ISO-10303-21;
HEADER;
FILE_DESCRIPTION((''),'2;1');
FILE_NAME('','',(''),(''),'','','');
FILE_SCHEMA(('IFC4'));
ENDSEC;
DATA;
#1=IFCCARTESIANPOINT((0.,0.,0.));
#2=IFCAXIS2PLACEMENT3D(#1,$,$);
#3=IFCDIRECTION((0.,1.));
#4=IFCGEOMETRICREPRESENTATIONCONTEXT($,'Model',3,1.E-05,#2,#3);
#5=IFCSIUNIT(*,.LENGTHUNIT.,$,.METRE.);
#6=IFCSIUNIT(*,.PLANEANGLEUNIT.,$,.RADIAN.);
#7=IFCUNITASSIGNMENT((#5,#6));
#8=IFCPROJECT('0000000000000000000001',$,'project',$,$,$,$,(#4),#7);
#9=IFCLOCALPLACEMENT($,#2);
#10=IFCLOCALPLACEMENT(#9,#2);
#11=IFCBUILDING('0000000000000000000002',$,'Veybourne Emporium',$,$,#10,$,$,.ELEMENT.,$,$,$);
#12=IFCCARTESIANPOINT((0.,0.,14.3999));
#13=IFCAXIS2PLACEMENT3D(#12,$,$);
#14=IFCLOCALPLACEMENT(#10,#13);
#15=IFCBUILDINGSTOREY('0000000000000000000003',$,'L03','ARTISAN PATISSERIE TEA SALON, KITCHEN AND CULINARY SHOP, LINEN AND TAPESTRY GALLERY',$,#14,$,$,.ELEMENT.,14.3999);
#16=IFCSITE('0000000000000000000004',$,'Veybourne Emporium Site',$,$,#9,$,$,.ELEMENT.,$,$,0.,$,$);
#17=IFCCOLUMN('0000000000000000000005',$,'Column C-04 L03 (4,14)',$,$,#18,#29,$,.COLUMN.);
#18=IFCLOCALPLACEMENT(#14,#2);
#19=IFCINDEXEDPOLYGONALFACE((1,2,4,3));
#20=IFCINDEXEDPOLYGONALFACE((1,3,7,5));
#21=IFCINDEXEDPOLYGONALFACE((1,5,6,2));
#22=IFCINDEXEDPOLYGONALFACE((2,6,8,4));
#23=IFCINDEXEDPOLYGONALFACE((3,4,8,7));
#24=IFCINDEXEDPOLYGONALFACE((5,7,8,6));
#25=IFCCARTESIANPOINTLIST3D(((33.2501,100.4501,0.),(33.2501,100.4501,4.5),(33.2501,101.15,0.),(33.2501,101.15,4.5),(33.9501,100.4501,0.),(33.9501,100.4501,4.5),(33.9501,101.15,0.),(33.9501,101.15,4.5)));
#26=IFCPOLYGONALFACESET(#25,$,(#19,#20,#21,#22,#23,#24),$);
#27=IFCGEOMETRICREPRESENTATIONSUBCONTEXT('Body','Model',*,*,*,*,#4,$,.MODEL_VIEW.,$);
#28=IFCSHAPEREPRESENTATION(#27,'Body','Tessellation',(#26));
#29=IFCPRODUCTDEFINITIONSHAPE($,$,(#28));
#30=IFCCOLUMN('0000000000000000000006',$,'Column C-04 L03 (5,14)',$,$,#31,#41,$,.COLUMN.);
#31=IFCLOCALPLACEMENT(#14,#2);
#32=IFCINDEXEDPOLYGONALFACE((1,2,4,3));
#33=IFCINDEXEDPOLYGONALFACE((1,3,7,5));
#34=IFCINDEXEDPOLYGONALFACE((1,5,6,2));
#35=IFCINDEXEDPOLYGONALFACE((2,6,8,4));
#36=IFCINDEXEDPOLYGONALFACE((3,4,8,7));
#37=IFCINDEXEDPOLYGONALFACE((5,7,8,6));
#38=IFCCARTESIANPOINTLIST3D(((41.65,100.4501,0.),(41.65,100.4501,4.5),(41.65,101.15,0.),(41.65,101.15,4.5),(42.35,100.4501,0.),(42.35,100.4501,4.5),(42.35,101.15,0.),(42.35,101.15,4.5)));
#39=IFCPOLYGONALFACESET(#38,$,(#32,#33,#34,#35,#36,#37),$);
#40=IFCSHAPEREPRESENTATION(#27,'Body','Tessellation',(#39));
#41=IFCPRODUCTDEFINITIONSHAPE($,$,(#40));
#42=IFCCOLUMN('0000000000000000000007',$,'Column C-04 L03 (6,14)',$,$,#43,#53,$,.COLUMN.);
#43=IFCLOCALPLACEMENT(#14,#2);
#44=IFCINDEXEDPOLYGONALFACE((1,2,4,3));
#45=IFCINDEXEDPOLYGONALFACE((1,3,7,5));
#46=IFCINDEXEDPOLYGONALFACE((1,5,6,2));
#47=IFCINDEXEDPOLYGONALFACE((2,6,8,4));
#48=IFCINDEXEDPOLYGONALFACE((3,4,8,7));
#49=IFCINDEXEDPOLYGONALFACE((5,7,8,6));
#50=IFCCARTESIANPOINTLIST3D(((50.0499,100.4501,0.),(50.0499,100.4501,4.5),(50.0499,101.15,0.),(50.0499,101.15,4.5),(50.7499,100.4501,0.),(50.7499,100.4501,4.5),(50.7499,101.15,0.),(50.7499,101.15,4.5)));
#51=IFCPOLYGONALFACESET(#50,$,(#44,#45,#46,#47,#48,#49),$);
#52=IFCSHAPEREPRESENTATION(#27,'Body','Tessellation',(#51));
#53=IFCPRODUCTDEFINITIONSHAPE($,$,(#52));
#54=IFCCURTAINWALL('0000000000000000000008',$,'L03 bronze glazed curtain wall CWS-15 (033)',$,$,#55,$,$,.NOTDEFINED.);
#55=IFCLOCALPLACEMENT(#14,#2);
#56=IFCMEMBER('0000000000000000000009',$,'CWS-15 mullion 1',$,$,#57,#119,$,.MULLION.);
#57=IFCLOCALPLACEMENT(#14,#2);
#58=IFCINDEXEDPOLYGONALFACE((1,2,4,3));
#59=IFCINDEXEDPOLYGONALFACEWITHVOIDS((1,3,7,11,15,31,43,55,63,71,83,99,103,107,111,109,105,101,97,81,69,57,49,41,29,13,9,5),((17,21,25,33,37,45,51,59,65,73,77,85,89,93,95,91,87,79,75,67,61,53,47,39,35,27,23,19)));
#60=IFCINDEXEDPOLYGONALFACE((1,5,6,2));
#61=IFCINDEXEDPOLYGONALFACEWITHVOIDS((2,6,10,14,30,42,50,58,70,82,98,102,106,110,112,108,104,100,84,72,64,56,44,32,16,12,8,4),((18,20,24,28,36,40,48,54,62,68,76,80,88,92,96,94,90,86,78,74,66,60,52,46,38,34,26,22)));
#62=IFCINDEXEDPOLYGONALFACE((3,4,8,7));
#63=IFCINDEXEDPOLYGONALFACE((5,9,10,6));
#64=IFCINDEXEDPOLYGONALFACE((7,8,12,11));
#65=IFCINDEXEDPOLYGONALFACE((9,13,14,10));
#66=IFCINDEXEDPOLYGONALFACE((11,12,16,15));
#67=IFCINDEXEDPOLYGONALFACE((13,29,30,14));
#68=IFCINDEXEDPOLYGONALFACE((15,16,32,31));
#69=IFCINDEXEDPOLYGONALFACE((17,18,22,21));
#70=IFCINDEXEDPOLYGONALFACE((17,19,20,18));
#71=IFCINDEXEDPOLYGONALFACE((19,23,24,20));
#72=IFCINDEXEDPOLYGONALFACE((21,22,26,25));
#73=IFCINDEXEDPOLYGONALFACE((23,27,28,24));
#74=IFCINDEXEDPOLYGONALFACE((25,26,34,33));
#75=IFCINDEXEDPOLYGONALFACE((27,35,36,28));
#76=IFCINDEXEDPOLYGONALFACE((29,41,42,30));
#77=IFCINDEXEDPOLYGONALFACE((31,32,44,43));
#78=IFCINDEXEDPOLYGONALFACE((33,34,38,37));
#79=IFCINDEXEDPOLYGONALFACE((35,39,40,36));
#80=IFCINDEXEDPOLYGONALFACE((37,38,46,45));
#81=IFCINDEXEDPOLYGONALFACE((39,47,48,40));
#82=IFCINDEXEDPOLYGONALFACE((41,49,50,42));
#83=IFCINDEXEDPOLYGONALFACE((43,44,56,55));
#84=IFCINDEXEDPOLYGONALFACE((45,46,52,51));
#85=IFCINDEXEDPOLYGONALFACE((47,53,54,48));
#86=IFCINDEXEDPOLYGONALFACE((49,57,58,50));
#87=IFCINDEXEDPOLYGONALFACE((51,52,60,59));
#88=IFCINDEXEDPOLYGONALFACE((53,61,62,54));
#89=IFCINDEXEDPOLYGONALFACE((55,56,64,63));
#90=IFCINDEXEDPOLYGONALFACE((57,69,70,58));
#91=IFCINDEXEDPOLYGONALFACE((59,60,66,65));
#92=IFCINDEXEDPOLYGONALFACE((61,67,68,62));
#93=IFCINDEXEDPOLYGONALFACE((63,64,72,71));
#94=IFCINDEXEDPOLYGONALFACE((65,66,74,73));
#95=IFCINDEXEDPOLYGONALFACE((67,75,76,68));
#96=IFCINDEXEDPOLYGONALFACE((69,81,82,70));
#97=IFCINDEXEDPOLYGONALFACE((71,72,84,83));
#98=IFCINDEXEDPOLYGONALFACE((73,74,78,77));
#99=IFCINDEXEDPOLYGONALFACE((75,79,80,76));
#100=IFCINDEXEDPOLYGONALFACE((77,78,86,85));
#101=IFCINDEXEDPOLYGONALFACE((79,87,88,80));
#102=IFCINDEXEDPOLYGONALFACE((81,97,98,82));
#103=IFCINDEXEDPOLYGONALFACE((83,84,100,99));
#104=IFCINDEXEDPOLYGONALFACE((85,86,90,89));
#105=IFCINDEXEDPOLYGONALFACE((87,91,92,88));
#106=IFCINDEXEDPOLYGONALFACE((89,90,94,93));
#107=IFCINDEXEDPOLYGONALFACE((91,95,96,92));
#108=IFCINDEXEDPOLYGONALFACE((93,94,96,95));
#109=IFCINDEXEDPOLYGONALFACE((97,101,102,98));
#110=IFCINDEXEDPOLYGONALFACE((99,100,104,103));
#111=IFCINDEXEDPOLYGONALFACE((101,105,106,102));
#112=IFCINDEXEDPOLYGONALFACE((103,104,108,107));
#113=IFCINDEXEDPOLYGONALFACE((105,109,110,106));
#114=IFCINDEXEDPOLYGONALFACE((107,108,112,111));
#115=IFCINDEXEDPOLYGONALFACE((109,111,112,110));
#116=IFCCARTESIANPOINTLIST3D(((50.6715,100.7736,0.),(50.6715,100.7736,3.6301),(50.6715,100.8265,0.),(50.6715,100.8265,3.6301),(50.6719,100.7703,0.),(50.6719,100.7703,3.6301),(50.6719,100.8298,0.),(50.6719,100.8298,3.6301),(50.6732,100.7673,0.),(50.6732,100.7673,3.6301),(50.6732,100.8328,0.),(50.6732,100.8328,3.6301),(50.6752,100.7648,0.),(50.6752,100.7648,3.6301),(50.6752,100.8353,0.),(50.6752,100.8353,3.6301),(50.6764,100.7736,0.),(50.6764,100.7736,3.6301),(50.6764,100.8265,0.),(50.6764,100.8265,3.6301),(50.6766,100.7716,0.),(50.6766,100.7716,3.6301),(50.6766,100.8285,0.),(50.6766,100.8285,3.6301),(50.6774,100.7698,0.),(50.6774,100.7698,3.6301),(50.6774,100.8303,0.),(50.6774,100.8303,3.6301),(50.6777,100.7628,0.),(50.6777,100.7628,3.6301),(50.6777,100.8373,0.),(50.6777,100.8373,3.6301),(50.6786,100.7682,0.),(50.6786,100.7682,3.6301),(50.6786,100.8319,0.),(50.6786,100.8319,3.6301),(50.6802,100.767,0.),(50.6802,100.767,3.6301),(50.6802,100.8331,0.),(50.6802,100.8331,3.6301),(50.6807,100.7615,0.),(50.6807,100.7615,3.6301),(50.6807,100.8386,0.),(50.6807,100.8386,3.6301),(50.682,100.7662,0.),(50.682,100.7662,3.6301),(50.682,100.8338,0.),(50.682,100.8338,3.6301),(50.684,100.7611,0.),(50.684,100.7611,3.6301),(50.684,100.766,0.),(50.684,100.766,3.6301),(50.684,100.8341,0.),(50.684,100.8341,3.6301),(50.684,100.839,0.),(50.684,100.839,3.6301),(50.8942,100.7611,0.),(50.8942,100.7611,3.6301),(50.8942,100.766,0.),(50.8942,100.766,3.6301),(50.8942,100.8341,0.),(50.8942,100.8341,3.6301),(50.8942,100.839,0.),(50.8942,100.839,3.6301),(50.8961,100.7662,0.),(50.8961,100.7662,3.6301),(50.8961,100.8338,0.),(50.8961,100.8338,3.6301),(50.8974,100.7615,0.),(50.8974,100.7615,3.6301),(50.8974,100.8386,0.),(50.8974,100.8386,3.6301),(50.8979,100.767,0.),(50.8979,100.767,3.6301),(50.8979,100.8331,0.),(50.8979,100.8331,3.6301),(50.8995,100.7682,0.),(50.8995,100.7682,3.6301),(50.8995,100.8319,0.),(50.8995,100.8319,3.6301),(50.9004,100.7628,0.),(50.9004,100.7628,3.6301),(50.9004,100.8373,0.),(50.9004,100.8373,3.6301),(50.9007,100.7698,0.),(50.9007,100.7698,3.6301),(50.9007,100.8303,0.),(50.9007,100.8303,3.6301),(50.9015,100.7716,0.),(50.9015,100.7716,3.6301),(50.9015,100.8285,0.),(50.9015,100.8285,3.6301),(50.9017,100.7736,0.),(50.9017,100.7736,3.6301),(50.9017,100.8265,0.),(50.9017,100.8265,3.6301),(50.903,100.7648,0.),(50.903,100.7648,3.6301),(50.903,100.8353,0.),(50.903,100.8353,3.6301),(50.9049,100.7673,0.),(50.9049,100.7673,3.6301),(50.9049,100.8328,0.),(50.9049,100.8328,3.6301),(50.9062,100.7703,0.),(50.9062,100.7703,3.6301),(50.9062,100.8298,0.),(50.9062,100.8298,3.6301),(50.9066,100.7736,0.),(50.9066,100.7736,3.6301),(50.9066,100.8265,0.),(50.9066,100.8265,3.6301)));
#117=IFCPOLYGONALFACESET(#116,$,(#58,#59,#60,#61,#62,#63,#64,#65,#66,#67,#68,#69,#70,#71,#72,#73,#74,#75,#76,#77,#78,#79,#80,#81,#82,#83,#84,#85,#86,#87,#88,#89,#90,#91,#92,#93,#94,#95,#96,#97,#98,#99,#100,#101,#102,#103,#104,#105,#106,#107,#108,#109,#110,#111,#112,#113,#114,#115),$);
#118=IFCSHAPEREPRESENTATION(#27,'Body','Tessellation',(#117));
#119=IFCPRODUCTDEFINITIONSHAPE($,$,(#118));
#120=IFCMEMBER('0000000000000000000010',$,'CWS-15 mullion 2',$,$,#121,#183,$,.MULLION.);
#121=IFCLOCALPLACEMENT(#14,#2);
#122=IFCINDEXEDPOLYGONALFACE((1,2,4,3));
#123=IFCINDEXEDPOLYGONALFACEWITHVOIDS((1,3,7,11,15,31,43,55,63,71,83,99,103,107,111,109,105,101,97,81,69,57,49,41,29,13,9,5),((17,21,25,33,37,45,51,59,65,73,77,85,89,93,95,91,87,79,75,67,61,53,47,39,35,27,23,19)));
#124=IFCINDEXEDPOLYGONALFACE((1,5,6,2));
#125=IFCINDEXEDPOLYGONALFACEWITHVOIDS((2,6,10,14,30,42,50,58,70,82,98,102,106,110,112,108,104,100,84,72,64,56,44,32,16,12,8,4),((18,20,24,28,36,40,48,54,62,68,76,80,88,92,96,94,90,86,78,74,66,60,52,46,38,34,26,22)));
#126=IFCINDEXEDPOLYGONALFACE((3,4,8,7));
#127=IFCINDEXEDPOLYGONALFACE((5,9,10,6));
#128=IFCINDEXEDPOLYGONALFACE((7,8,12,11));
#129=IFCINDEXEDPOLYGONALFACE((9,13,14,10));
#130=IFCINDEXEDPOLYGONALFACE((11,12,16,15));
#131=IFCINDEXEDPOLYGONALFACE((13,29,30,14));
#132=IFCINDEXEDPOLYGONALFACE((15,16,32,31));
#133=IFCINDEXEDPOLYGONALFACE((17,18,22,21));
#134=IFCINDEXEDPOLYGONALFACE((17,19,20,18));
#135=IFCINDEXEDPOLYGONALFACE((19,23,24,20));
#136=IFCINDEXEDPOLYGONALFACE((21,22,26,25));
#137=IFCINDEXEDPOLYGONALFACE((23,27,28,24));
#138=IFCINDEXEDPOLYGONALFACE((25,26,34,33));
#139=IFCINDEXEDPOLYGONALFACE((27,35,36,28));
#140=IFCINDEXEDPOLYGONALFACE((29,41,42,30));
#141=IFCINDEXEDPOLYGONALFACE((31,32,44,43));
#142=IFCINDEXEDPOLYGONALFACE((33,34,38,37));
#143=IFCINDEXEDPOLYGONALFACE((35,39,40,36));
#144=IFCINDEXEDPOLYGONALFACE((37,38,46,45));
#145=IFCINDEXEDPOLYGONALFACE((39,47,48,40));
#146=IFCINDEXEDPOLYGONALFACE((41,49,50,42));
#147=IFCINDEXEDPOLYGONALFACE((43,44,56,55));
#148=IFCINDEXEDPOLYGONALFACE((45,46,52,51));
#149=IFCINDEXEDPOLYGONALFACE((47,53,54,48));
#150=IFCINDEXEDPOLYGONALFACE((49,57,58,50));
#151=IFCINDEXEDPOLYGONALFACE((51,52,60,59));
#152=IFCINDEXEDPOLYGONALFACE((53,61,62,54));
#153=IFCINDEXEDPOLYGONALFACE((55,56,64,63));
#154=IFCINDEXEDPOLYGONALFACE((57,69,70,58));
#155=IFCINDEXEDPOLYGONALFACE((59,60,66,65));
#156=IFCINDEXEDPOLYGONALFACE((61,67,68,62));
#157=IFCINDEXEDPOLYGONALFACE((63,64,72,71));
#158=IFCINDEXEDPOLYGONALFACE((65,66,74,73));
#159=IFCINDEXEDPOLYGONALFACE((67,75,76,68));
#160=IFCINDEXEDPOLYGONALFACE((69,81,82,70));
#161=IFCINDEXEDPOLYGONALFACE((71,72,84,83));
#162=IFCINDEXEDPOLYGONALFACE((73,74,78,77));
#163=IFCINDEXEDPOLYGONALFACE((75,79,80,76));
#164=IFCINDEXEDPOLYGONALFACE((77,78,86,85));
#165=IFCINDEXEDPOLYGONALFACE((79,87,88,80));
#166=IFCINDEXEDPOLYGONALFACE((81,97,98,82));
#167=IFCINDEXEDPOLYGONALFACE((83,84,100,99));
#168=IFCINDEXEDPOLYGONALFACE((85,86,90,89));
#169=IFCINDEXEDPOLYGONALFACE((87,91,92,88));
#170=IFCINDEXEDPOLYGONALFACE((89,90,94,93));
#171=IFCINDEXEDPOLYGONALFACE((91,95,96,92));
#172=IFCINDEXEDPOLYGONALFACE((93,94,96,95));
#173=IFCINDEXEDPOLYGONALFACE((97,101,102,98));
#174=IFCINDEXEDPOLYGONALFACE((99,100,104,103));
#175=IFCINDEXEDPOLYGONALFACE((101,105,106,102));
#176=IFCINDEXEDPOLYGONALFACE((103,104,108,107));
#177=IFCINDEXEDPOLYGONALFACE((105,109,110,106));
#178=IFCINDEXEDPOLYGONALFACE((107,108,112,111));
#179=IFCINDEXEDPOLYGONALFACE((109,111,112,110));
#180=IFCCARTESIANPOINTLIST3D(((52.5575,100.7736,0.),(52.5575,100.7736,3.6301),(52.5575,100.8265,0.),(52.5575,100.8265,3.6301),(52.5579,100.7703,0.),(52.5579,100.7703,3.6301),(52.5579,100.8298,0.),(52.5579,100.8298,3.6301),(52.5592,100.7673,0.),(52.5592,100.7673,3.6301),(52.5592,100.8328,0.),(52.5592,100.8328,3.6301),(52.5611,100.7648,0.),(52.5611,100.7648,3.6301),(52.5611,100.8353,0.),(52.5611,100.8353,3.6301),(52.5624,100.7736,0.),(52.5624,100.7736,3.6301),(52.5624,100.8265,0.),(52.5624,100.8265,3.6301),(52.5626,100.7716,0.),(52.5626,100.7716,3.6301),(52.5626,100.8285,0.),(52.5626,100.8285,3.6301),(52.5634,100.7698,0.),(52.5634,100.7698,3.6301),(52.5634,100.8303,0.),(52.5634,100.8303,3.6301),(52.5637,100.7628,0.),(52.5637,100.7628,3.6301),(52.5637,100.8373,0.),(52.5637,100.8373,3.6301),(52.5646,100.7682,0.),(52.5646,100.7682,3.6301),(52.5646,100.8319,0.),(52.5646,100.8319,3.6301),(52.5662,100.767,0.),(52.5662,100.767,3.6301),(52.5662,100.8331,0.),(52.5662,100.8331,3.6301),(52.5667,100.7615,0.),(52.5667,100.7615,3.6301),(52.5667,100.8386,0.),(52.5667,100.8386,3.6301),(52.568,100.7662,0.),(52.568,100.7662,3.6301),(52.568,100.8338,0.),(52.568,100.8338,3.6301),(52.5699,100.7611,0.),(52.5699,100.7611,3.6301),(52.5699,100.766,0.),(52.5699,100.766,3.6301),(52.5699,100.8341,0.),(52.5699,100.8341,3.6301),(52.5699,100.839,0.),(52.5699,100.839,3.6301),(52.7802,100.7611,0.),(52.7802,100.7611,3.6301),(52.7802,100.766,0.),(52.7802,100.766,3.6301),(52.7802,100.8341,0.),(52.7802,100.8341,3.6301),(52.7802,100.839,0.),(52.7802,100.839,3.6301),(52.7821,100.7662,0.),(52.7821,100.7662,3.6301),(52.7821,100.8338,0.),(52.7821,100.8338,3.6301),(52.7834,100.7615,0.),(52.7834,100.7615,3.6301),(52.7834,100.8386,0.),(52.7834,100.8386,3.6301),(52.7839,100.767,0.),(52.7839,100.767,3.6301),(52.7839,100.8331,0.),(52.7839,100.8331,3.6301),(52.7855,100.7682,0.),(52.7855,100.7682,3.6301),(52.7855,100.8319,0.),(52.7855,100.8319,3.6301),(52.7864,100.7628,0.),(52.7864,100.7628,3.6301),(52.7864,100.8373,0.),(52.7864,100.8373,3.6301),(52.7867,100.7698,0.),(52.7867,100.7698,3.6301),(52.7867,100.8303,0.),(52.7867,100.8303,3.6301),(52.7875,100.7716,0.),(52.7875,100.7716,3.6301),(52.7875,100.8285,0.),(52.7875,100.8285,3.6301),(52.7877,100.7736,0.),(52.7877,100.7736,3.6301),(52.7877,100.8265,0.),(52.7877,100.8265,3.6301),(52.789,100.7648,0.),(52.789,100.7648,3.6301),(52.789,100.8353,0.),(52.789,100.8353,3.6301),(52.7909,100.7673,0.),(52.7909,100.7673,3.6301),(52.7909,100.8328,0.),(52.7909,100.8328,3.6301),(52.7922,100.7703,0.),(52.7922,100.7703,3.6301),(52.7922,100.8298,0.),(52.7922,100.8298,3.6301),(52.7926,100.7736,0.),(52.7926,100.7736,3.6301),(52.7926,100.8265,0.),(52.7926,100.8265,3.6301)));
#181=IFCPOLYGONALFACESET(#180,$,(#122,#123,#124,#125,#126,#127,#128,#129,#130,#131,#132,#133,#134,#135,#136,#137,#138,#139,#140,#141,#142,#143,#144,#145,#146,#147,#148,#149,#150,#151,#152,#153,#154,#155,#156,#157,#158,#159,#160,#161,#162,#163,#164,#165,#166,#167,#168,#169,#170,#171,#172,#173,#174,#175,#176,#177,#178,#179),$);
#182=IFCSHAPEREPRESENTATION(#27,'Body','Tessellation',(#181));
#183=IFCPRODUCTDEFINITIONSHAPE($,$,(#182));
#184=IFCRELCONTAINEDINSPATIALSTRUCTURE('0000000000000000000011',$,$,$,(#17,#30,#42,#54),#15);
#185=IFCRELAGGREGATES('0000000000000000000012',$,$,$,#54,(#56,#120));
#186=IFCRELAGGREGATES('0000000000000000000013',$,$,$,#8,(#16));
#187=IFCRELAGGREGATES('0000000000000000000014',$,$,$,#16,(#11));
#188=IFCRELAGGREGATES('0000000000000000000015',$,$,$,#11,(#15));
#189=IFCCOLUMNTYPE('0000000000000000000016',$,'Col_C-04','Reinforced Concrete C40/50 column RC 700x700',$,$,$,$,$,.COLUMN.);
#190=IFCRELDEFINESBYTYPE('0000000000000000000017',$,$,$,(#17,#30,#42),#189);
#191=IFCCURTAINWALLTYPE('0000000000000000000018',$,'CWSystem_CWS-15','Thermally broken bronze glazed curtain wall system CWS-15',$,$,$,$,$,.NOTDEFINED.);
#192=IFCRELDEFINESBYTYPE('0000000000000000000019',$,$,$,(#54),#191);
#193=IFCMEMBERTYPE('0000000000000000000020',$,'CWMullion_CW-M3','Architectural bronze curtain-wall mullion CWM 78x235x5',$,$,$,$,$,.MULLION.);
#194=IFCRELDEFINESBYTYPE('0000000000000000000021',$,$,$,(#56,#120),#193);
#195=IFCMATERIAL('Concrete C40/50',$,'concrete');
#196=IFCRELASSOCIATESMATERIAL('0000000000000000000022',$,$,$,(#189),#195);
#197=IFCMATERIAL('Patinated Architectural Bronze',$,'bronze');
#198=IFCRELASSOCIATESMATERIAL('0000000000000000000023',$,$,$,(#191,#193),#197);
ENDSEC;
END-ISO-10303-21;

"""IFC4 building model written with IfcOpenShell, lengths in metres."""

from ifc_helpers import new_model, si_unit, direction, frame, origin, origin_2d, place, context, subcontext, project, spatial, rectangle, hollow_rectangle, extrude, material, material_profile, profile_set, type_object, element, aggregate, save


model = new_model("IFC4")

# Units and contexts
model_context = context("Model", 3, precision=1e-05, world=origin(), true_north=direction((0.0, 1.0)))
body_context = subcontext(model_context, "Body", "Model", "MODEL_VIEW")
ifc_project = project(units=[si_unit("LENGTHUNIT", "METRE"), si_unit("PLANEANGLEUNIT", "RADIAN")], contexts=[model_context])

# Site, building, storey
site_placement = place(None, origin())
site = spatial("IfcSite", under=ifc_project, at=site_placement, Name="Veybourne Emporium Site", CompositionType="ELEMENT", RefElevation=0.0)
building_placement = place(site_placement, origin())
building = spatial("IfcBuilding", under=site, at=building_placement, Name="Veybourne Emporium", CompositionType="ELEMENT")
storey_placement = place(building_placement, frame((0.0, 0.0, 14.3999)))
storey = spatial("IfcBuildingStorey", under=building, at=storey_placement, Name="L03", Description="ARTISAN PATISSERIE TEA SALON, KITCHEN AND CULINARY SHOP, LINEN AND TAPESTRY GALLERY", CompositionType="ELEMENT", Elevation=14.3999)

# Columns
ifc_material_1 = material(Name="Concrete C40/50", Category="concrete")
ifc_material_profile_1 = material_profile(ifc_material_1, rectangle(XDim=0.7, YDim=0.7, at=origin_2d()), Name="RC 700x700")
ifc_profile_set_1 = profile_set([ifc_material_profile_1], Name="Concrete C40/50")
column_type = type_object("IfcColumnType", Name="Col_C-04", Description="Reinforced Concrete C40/50 column RC 700x700", PredefinedType="COLUMN", material=ifc_profile_set_1)
for number, where, z_axis, x_axis, name in (
    (1, (33.6001, 100.8, 0.0), (0.0, 0.0, 1.0), (1.0, 0.0, 0.0), "Column C-04 L03 (4,14)"),
    (2, (42.0, 100.8, 0.0), (0.0, 0.0, 1.0), (1.0, 0.0, 0.0), "Column C-04 L03 (5,14)"),
    (3, (50.3999, 100.8, 0.0), (0.0, 0.0, 1.0), (1.0, 0.0, 0.0), "Column C-04 L03 (6,14)"),
):
    element("IfcColumn", number, at=place(storey_placement, frame(where, z_axis=z_axis, x_axis=x_axis)), inside=storey, type_object=column_type, Name=name, PredefinedType="COLUMN", context=body_context, shape_type="SweptSolid", body=[
        extrude(rectangle(XDim=0.7, YDim=0.7, at=origin_2d()), origin(), (0.0, 0.0, 1.0), 4.5),
    ])

# Curtain wall, members
ifc_material_2 = material(Name="Patinated Architectural Bronze", Category="bronze")
curtain_wall_type = type_object("IfcCurtainWallType", Name="CWSystem_CWS-15", Description="Thermally broken bronze glazed curtain wall system CWS-15", PredefinedType="NOTDEFINED", material=ifc_material_2)
curtain_wall_placement = place(storey_placement, origin())
curtain_wall = element("IfcCurtainWall", 4, at=curtain_wall_placement, inside=storey, type_object=curtain_wall_type, Name="L03 bronze glazed curtain wall CWS-15 (033)", PredefinedType="NOTDEFINED")
ifc_material_profile_2 = material_profile(ifc_material_2, hollow_rectangle(XDim=0.0779, YDim=0.2351, WallThickness=0.0049, InnerFilletRadius=0.0076, OuterFilletRadius=0.0125, at=origin_2d()), Name="CWM 78x235x5")
ifc_profile_set_2 = profile_set([ifc_material_profile_2], Name="Patinated Architectural Bronze")
member_type_1 = type_object("IfcMemberType", Name="CWMullion_CW-M3", Description="Architectural bronze curtain-wall mullion CWM 78x235x5", PredefinedType="MULLION", material=ifc_profile_set_2)
member_1_placement = place(storey_placement, frame((50.7891, 100.8, 0.0), z_axis=(0.0, 0.0, 1.0), x_axis=(0.0, 1.0, 0.0)))
member_1 = element("IfcMember", 5, at=member_1_placement, type_object=member_type_1, Name="CWS-15 mullion 1", PredefinedType="MULLION", context=body_context, shape_type="SweptSolid", body=[
    extrude(hollow_rectangle(XDim=0.0779, YDim=0.2351, WallThickness=0.0049, InnerFilletRadius=0.0076, OuterFilletRadius=0.0125, at=origin_2d()), origin(), (0.0, 0.0, 1.0), 3.6301),
])
member_2_placement = place(storey_placement, frame((52.675, 100.8, 0.0), z_axis=(0.0, 0.0, 1.0), x_axis=(0.0, 1.0, 0.0)))
member_2 = element("IfcMember", 6, at=member_2_placement, type_object=member_type_1, Name="CWS-15 mullion 2", PredefinedType="MULLION", context=body_context, shape_type="SweptSolid", body=[
    extrude(hollow_rectangle(XDim=0.0779, YDim=0.2351, WallThickness=0.0049, InnerFilletRadius=0.0076, OuterFilletRadius=0.0125, at=origin_2d()), origin(), (0.0, 0.0, 1.0), 3.6301),
])

aggregate(curtain_wall, [member_1, member_2])

save(model, "model.ifc")
